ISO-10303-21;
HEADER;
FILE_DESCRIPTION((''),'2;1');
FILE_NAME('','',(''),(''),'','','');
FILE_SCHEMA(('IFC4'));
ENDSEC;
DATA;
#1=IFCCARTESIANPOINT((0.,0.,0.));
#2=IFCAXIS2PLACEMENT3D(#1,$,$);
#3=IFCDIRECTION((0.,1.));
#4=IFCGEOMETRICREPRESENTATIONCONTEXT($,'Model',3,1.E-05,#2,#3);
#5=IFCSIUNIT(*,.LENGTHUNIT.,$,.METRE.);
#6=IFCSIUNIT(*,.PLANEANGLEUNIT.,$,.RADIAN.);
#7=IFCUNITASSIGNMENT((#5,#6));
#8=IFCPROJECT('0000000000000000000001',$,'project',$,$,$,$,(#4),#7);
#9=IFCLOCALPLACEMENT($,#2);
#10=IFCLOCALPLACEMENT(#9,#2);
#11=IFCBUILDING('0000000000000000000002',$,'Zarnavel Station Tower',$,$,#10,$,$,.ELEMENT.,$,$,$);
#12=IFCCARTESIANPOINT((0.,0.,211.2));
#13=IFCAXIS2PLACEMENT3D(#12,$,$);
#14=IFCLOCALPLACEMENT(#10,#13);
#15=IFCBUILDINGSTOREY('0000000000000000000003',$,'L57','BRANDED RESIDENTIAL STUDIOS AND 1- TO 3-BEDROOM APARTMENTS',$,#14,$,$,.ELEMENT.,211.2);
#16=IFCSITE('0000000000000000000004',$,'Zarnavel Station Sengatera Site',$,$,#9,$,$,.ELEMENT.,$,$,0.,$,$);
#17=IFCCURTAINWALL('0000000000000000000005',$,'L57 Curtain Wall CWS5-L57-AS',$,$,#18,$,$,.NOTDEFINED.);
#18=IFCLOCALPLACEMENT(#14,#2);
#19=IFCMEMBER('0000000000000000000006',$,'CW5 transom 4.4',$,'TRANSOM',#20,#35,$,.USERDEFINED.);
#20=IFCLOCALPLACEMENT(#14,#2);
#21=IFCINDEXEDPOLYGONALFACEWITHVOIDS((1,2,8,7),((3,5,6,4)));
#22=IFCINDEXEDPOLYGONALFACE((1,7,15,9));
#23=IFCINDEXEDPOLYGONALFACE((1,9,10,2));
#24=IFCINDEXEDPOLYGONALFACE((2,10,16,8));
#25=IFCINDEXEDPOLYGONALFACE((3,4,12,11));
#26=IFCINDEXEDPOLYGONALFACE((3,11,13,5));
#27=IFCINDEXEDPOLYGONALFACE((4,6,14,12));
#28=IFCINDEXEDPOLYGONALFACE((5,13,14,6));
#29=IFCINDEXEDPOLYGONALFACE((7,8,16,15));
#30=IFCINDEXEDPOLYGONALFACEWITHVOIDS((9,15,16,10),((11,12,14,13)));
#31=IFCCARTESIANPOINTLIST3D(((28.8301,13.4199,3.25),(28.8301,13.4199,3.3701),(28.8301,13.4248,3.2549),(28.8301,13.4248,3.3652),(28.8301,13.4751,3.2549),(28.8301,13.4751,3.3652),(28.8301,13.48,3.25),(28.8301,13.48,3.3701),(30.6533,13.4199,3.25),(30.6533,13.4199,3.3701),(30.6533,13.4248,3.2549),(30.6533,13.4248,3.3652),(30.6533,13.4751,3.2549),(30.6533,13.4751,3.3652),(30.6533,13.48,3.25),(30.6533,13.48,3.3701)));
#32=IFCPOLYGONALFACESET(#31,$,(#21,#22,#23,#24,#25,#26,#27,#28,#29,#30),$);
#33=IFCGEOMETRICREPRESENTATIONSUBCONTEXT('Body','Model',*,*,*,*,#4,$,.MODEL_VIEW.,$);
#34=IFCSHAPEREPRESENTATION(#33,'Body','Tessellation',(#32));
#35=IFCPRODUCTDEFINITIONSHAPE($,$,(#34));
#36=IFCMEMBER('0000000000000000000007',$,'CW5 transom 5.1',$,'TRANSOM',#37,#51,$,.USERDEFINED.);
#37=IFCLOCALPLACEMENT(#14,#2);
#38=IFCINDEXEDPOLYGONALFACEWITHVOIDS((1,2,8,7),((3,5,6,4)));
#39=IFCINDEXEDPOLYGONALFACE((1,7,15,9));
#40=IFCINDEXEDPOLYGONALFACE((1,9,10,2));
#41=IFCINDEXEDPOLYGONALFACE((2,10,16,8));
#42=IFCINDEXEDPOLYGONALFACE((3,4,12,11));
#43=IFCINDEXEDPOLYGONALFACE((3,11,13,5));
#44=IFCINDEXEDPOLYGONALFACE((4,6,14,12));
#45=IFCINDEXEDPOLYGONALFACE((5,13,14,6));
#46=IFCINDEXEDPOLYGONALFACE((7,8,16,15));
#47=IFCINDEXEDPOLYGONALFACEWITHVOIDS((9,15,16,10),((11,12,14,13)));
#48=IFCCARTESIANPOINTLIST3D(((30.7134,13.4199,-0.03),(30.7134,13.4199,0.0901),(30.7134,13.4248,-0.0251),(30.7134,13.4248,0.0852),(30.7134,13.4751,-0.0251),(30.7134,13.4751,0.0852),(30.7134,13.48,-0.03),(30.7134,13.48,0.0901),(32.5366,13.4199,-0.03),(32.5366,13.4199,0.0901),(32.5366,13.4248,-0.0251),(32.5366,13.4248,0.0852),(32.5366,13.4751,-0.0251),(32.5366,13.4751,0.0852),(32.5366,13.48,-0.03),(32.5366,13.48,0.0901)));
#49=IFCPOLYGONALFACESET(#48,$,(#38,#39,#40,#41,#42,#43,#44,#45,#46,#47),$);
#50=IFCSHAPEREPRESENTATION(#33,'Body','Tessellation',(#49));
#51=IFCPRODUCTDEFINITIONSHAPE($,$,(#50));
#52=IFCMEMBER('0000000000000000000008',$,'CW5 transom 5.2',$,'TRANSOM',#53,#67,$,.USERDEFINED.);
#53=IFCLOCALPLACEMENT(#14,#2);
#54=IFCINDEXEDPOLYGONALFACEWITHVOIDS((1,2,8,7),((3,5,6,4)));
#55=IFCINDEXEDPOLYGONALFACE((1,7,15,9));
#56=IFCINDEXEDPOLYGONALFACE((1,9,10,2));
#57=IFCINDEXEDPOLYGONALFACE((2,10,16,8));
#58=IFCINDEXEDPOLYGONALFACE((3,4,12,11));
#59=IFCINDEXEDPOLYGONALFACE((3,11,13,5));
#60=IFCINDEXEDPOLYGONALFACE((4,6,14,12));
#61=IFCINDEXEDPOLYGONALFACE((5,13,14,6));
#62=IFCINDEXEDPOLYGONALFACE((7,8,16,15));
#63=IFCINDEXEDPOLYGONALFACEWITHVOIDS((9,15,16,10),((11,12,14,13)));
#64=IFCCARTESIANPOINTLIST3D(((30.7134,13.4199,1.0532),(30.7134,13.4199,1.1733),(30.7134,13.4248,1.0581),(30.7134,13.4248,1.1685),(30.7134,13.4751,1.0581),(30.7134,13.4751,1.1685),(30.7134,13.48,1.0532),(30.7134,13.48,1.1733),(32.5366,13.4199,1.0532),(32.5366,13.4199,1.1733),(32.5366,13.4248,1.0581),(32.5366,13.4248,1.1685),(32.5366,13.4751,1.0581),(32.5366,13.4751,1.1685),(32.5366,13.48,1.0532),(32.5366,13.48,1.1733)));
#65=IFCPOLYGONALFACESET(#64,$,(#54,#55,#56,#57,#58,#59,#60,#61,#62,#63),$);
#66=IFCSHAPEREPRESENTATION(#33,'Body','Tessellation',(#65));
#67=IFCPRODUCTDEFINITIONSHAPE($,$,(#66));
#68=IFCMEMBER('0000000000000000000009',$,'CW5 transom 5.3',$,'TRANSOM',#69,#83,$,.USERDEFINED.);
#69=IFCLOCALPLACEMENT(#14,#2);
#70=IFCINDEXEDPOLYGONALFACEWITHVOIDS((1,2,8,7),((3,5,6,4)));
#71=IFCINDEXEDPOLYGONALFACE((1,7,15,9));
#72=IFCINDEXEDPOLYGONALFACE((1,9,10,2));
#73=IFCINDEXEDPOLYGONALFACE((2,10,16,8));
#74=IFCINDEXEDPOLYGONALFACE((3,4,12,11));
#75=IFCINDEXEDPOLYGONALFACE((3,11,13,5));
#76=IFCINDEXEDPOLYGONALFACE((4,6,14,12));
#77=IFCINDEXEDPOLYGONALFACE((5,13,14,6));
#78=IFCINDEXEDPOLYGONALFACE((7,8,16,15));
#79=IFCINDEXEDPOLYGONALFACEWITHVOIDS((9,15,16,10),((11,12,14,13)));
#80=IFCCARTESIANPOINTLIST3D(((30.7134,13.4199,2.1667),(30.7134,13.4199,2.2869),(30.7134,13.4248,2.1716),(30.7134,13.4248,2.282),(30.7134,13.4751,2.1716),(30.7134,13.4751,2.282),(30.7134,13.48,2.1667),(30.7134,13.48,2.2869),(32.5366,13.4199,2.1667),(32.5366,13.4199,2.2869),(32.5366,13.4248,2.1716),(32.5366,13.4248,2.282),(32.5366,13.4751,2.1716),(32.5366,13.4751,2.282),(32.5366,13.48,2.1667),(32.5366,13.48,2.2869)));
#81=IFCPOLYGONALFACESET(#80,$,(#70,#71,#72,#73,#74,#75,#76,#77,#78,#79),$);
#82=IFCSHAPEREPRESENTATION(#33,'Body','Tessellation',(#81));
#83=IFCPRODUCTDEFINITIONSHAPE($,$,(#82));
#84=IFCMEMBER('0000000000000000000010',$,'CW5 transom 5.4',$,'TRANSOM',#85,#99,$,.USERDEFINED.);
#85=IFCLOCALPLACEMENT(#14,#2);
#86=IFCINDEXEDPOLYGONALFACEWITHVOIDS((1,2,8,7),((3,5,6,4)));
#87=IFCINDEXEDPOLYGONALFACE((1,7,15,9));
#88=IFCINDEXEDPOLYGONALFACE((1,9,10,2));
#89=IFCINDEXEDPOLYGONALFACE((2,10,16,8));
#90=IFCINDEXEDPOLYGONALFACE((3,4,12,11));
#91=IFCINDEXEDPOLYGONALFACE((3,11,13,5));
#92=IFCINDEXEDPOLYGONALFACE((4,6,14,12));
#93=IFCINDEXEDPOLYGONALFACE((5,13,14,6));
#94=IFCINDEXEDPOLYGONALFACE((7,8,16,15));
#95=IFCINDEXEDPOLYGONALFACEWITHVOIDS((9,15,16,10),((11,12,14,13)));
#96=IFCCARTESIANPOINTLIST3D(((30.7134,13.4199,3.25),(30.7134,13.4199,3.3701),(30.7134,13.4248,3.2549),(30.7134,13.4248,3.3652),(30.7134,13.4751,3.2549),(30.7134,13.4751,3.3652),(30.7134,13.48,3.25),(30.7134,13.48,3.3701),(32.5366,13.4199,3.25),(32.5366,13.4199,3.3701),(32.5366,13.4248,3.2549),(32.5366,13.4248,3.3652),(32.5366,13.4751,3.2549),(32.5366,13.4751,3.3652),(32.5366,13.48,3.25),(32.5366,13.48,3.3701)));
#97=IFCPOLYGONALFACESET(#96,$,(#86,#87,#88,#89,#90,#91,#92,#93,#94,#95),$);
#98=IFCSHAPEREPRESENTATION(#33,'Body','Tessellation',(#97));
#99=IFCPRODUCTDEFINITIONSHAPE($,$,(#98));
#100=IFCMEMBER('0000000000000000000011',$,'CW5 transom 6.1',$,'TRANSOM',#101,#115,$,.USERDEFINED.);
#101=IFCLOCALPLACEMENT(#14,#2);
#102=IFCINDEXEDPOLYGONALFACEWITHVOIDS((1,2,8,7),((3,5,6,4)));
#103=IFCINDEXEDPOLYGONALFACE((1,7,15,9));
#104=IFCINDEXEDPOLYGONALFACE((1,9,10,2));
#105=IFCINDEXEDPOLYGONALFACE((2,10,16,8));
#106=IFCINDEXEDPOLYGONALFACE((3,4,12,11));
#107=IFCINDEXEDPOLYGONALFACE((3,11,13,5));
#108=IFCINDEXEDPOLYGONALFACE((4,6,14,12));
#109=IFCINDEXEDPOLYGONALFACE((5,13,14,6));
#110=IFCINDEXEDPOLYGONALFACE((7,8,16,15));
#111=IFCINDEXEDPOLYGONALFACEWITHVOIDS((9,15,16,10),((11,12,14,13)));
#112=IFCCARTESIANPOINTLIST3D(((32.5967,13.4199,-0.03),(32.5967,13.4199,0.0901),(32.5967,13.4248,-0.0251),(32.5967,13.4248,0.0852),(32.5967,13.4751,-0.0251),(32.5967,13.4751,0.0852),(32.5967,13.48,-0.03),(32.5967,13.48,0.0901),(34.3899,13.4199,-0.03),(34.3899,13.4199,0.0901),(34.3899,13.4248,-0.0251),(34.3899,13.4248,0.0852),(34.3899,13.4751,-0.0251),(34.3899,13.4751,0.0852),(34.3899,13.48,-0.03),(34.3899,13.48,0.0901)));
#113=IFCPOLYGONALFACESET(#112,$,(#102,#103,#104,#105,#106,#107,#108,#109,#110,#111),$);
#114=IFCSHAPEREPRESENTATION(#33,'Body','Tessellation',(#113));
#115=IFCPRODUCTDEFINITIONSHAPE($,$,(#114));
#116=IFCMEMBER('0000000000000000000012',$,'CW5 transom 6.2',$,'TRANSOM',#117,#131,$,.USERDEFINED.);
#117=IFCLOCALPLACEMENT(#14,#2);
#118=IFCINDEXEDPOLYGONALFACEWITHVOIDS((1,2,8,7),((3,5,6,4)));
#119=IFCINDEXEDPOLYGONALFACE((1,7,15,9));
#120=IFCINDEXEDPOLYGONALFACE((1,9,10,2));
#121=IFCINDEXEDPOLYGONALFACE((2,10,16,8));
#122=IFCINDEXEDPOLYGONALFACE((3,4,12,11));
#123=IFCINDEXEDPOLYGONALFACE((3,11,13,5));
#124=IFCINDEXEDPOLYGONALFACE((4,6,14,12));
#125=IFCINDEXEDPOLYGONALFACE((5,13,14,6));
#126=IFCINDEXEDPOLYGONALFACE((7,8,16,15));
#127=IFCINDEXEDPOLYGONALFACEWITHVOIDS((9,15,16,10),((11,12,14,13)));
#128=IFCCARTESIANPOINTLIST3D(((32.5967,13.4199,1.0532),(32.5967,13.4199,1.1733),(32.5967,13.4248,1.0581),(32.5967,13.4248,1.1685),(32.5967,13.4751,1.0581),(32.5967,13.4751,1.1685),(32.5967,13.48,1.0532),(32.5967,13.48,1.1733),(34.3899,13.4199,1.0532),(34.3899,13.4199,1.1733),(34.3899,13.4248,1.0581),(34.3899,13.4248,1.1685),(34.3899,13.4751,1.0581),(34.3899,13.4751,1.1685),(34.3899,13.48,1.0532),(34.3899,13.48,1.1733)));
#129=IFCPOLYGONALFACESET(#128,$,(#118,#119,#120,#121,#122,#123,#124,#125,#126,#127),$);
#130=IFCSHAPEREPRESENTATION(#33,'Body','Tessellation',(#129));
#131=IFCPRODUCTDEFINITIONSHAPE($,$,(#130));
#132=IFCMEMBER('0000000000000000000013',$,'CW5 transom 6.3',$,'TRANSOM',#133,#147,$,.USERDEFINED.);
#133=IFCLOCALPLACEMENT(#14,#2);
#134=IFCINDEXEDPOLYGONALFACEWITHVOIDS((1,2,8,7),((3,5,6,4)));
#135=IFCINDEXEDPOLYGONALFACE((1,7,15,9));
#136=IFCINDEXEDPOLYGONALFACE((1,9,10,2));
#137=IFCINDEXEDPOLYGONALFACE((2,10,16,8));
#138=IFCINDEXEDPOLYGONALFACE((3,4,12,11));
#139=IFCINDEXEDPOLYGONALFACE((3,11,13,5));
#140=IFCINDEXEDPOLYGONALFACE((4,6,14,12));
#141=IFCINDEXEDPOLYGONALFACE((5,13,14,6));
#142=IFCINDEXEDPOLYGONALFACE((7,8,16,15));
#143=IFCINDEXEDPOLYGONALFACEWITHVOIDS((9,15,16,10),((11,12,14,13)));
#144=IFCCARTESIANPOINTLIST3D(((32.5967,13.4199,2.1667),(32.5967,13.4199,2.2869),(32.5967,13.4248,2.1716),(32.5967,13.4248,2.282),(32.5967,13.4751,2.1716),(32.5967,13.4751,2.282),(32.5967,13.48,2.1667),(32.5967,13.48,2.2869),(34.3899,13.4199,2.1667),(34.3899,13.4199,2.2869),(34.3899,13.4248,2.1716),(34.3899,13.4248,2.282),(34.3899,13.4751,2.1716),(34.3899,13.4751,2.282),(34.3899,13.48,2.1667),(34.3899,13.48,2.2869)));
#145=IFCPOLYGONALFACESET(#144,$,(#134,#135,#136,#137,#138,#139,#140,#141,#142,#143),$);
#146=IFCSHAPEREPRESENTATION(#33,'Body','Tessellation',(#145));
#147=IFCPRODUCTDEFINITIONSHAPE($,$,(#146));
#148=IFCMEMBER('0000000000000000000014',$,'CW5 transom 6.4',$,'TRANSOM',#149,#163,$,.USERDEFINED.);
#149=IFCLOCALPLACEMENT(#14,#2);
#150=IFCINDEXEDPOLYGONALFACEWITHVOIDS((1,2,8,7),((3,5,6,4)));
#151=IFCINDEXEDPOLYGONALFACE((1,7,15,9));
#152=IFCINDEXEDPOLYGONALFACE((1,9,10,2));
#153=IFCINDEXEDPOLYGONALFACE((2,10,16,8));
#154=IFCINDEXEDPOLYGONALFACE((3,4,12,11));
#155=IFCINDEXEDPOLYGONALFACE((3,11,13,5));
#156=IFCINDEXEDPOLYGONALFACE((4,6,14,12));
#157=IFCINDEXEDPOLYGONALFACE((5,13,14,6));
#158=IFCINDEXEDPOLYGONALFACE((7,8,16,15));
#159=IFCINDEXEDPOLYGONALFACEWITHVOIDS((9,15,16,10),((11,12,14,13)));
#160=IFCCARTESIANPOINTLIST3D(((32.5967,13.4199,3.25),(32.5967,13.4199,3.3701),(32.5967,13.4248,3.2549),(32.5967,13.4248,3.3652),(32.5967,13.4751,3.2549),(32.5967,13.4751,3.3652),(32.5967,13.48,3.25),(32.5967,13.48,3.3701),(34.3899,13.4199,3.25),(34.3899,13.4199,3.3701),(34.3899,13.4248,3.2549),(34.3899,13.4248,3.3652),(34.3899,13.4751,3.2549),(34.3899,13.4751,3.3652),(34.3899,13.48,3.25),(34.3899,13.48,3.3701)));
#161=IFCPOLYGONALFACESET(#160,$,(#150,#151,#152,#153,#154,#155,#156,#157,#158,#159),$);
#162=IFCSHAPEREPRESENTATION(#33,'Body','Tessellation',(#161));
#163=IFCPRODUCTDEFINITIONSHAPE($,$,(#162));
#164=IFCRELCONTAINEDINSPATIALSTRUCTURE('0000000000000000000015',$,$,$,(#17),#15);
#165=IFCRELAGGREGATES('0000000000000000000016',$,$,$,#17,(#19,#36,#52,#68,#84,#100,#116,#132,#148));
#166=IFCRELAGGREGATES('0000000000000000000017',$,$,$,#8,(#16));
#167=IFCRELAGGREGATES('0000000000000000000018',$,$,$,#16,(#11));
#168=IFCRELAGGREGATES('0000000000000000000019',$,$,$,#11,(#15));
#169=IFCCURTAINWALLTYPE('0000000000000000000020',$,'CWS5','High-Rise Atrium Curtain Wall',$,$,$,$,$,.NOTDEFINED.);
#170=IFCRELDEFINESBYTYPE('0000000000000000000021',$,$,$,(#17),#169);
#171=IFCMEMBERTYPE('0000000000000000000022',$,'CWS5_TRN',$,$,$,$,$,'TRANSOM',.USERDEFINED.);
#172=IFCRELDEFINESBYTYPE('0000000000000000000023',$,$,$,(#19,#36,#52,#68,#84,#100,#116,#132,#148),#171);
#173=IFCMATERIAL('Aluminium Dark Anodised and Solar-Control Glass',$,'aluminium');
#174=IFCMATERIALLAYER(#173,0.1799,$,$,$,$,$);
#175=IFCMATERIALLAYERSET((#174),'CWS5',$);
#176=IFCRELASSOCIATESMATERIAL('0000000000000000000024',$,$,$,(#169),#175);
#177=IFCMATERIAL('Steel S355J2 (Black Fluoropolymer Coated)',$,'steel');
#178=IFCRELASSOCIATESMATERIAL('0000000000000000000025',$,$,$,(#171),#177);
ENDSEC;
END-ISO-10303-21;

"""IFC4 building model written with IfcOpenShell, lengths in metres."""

from ifc_helpers import new_model, si_unit, direction, frame, origin, origin_2d, place, context, subcontext, project, spatial, hollow_rectangle, extrude, material, layer, layer_set, material_profile, profile_set, type_object, element, aggregate, save


model = new_model("IFC4")

# Units and contexts
model_context = context("Model", 3, precision=1e-05, world=origin(), true_north=direction((0.0, 1.0)))
body_context = subcontext(model_context, "Body", "Model", "MODEL_VIEW")
ifc_project = project(units=[si_unit("LENGTHUNIT", "METRE"), si_unit("PLANEANGLEUNIT", "RADIAN")], contexts=[model_context])

# Site, building, storey
site_placement = place(None, origin())
site = spatial("IfcSite", under=ifc_project, at=site_placement, Name="Zarnavel Station Sengatera Site", CompositionType="ELEMENT", RefElevation=0.0)
building_placement = place(site_placement, origin())
building = spatial("IfcBuilding", under=site, at=building_placement, Name="Zarnavel Station Tower", CompositionType="ELEMENT")
storey_placement = place(building_placement, frame((0.0, 0.0, 211.2)))
storey = spatial("IfcBuildingStorey", under=building, at=storey_placement, Name="L57", Description="BRANDED RESIDENTIAL STUDIOS AND 1- TO 3-BEDROOM APARTMENTS", CompositionType="ELEMENT", Elevation=211.2)

# Curtain wall, members
ifc_material_1 = material(Name="Aluminium Dark Anodised and Solar-Control Glass", Category="aluminium")
ifc_layer_1 = layer(ifc_material_1, 0.1799)
ifc_layer_set_1 = layer_set([ifc_layer_1], Name="CWS5")
curtain_wall_type = type_object("IfcCurtainWallType", Name="CWS5", Description="High-Rise Atrium Curtain Wall", PredefinedType="NOTDEFINED", material=ifc_layer_set_1)
curtain_wall_placement = place(storey_placement, origin())
curtain_wall = element("IfcCurtainWall", 1, at=curtain_wall_placement, inside=storey, type_object=curtain_wall_type, Name="L57 Curtain Wall CWS5-L57-AS", PredefinedType="NOTDEFINED")
ifc_material_2 = material(Name="Steel S355J2 (Black Fluoropolymer Coated)", Category="steel")
ifc_material_profile_1 = material_profile(ifc_material_2, hollow_rectangle(XDim=0.0601, YDim=0.1201, WallThickness=0.0049, at=origin_2d()), Name="RHS120x60x5")
ifc_profile_set_1 = profile_set([ifc_material_profile_1], Name="Steel S355J2 (Black Fluoropolymer Coated)")
member_type_1 = type_object("IfcMemberType", Name="CWS5_TRN", ElementType="TRANSOM", PredefinedType="USERDEFINED", material=ifc_profile_set_1)
member_1_placement = place(storey_placement, frame((28.8301, 13.45, 3.3101), z_axis=(1.0, 0.0, 0.0), x_axis=(0.0, 1.0, 0.0)))
member_1 = element("IfcMember", 2, at=member_1_placement, type_object=member_type_1, Name="CW5 transom 4.4", ObjectType="TRANSOM", PredefinedType="USERDEFINED", context=body_context, shape_type="SweptSolid", body=[
    extrude(hollow_rectangle(XDim=0.0601, YDim=0.1201, WallThickness=0.0049, at=origin_2d()), origin(), (0.0, 0.0, 1.0), 1.8232),
])
member_2_placement = place(storey_placement, frame((30.7134, 13.45, 0.03), z_axis=(1.0, 0.0, 0.0), x_axis=(0.0, 1.0, 0.0)))
member_2 = element("IfcMember", 3, at=member_2_placement, type_object=member_type_1, Name="CW5 transom 5.1", ObjectType="TRANSOM", PredefinedType="USERDEFINED", context=body_context, shape_type="SweptSolid", body=[
    extrude(hollow_rectangle(XDim=0.0601, YDim=0.1201, WallThickness=0.0049, at=origin_2d()), origin(), (0.0, 0.0, 1.0), 1.8232),
])
member_3_placement = place(storey_placement, frame((30.7134, 13.45, 1.1133), z_axis=(1.0, 0.0, 0.0), x_axis=(0.0, 1.0, 0.0)))
member_3 = element("IfcMember", 4, at=member_3_placement, type_object=member_type_1, Name="CW5 transom 5.2", ObjectType="TRANSOM", PredefinedType="USERDEFINED", context=body_context, shape_type="SweptSolid", body=[
    extrude(hollow_rectangle(XDim=0.0601, YDim=0.1201, WallThickness=0.0049, at=origin_2d()), origin(), (0.0, 0.0, 1.0), 1.8232),
])
member_4_placement = place(storey_placement, frame((30.7134, 13.45, 2.2268), z_axis=(1.0, 0.0, 0.0), x_axis=(0.0, 1.0, 0.0)))
member_4 = element("IfcMember", 5, at=member_4_placement, type_object=member_type_1, Name="CW5 transom 5.3", ObjectType="TRANSOM", PredefinedType="USERDEFINED", context=body_context, shape_type="SweptSolid", body=[
    extrude(hollow_rectangle(XDim=0.0601, YDim=0.1201, WallThickness=0.0049, at=origin_2d()), origin(), (0.0, 0.0, 1.0), 1.8232),
])
member_5_placement = place(storey_placement, frame((30.7134, 13.45, 3.3101), z_axis=(1.0, 0.0, 0.0), x_axis=(0.0, 1.0, 0.0)))
member_5 = element("IfcMember", 6, at=member_5_placement, type_object=member_type_1, Name="CW5 transom 5.4", ObjectType="TRANSOM", PredefinedType="USERDEFINED", context=body_context, shape_type="SweptSolid", body=[
    extrude(hollow_rectangle(XDim=0.0601, YDim=0.1201, WallThickness=0.0049, at=origin_2d()), origin(), (0.0, 0.0, 1.0), 1.8232),
])
member_6_placement = place(storey_placement, frame((32.5967, 13.45, 0.03), z_axis=(1.0, 0.0, 0.0), x_axis=(0.0, 1.0, 0.0)))
member_6 = element("IfcMember", 7, at=member_6_placement, type_object=member_type_1, Name="CW5 transom 6.1", ObjectType="TRANSOM", PredefinedType="USERDEFINED", context=body_context, shape_type="SweptSolid", body=[
    extrude(hollow_rectangle(XDim=0.0601, YDim=0.1201, WallThickness=0.0049, at=origin_2d()), origin(), (0.0, 0.0, 1.0), 1.7932),
])
member_7_placement = place(storey_placement, frame((32.5967, 13.45, 1.1133), z_axis=(1.0, 0.0, 0.0), x_axis=(0.0, 1.0, 0.0)))
member_7 = element("IfcMember", 8, at=member_7_placement, type_object=member_type_1, Name="CW5 transom 6.2", ObjectType="TRANSOM", PredefinedType="USERDEFINED", context=body_context, shape_type="SweptSolid", body=[
    extrude(hollow_rectangle(XDim=0.0601, YDim=0.1201, WallThickness=0.0049, at=origin_2d()), origin(), (0.0, 0.0, 1.0), 1.7932),
])
member_8_placement = place(storey_placement, frame((32.5967, 13.45, 2.2268), z_axis=(1.0, 0.0, 0.0), x_axis=(0.0, 1.0, 0.0)))
member_8 = element("IfcMember", 9, at=member_8_placement, type_object=member_type_1, Name="CW5 transom 6.3", ObjectType="TRANSOM", PredefinedType="USERDEFINED", context=body_context, shape_type="SweptSolid", body=[
    extrude(hollow_rectangle(XDim=0.0601, YDim=0.1201, WallThickness=0.0049, at=origin_2d()), origin(), (0.0, 0.0, 1.0), 1.7932),
])
member_9_placement = place(storey_placement, frame((32.5967, 13.45, 3.3101), z_axis=(1.0, 0.0, 0.0), x_axis=(0.0, 1.0, 0.0)))
member_9 = element("IfcMember", 10, at=member_9_placement, type_object=member_type_1, Name="CW5 transom 6.4", ObjectType="TRANSOM", PredefinedType="USERDEFINED", context=body_context, shape_type="SweptSolid", body=[
    extrude(hollow_rectangle(XDim=0.0601, YDim=0.1201, WallThickness=0.0049, at=origin_2d()), origin(), (0.0, 0.0, 1.0), 1.7932),
])

aggregate(curtain_wall, [member_1, member_2, member_3, member_4, member_5, member_6, member_7, member_8, member_9])

save(model, "model.ifc")
